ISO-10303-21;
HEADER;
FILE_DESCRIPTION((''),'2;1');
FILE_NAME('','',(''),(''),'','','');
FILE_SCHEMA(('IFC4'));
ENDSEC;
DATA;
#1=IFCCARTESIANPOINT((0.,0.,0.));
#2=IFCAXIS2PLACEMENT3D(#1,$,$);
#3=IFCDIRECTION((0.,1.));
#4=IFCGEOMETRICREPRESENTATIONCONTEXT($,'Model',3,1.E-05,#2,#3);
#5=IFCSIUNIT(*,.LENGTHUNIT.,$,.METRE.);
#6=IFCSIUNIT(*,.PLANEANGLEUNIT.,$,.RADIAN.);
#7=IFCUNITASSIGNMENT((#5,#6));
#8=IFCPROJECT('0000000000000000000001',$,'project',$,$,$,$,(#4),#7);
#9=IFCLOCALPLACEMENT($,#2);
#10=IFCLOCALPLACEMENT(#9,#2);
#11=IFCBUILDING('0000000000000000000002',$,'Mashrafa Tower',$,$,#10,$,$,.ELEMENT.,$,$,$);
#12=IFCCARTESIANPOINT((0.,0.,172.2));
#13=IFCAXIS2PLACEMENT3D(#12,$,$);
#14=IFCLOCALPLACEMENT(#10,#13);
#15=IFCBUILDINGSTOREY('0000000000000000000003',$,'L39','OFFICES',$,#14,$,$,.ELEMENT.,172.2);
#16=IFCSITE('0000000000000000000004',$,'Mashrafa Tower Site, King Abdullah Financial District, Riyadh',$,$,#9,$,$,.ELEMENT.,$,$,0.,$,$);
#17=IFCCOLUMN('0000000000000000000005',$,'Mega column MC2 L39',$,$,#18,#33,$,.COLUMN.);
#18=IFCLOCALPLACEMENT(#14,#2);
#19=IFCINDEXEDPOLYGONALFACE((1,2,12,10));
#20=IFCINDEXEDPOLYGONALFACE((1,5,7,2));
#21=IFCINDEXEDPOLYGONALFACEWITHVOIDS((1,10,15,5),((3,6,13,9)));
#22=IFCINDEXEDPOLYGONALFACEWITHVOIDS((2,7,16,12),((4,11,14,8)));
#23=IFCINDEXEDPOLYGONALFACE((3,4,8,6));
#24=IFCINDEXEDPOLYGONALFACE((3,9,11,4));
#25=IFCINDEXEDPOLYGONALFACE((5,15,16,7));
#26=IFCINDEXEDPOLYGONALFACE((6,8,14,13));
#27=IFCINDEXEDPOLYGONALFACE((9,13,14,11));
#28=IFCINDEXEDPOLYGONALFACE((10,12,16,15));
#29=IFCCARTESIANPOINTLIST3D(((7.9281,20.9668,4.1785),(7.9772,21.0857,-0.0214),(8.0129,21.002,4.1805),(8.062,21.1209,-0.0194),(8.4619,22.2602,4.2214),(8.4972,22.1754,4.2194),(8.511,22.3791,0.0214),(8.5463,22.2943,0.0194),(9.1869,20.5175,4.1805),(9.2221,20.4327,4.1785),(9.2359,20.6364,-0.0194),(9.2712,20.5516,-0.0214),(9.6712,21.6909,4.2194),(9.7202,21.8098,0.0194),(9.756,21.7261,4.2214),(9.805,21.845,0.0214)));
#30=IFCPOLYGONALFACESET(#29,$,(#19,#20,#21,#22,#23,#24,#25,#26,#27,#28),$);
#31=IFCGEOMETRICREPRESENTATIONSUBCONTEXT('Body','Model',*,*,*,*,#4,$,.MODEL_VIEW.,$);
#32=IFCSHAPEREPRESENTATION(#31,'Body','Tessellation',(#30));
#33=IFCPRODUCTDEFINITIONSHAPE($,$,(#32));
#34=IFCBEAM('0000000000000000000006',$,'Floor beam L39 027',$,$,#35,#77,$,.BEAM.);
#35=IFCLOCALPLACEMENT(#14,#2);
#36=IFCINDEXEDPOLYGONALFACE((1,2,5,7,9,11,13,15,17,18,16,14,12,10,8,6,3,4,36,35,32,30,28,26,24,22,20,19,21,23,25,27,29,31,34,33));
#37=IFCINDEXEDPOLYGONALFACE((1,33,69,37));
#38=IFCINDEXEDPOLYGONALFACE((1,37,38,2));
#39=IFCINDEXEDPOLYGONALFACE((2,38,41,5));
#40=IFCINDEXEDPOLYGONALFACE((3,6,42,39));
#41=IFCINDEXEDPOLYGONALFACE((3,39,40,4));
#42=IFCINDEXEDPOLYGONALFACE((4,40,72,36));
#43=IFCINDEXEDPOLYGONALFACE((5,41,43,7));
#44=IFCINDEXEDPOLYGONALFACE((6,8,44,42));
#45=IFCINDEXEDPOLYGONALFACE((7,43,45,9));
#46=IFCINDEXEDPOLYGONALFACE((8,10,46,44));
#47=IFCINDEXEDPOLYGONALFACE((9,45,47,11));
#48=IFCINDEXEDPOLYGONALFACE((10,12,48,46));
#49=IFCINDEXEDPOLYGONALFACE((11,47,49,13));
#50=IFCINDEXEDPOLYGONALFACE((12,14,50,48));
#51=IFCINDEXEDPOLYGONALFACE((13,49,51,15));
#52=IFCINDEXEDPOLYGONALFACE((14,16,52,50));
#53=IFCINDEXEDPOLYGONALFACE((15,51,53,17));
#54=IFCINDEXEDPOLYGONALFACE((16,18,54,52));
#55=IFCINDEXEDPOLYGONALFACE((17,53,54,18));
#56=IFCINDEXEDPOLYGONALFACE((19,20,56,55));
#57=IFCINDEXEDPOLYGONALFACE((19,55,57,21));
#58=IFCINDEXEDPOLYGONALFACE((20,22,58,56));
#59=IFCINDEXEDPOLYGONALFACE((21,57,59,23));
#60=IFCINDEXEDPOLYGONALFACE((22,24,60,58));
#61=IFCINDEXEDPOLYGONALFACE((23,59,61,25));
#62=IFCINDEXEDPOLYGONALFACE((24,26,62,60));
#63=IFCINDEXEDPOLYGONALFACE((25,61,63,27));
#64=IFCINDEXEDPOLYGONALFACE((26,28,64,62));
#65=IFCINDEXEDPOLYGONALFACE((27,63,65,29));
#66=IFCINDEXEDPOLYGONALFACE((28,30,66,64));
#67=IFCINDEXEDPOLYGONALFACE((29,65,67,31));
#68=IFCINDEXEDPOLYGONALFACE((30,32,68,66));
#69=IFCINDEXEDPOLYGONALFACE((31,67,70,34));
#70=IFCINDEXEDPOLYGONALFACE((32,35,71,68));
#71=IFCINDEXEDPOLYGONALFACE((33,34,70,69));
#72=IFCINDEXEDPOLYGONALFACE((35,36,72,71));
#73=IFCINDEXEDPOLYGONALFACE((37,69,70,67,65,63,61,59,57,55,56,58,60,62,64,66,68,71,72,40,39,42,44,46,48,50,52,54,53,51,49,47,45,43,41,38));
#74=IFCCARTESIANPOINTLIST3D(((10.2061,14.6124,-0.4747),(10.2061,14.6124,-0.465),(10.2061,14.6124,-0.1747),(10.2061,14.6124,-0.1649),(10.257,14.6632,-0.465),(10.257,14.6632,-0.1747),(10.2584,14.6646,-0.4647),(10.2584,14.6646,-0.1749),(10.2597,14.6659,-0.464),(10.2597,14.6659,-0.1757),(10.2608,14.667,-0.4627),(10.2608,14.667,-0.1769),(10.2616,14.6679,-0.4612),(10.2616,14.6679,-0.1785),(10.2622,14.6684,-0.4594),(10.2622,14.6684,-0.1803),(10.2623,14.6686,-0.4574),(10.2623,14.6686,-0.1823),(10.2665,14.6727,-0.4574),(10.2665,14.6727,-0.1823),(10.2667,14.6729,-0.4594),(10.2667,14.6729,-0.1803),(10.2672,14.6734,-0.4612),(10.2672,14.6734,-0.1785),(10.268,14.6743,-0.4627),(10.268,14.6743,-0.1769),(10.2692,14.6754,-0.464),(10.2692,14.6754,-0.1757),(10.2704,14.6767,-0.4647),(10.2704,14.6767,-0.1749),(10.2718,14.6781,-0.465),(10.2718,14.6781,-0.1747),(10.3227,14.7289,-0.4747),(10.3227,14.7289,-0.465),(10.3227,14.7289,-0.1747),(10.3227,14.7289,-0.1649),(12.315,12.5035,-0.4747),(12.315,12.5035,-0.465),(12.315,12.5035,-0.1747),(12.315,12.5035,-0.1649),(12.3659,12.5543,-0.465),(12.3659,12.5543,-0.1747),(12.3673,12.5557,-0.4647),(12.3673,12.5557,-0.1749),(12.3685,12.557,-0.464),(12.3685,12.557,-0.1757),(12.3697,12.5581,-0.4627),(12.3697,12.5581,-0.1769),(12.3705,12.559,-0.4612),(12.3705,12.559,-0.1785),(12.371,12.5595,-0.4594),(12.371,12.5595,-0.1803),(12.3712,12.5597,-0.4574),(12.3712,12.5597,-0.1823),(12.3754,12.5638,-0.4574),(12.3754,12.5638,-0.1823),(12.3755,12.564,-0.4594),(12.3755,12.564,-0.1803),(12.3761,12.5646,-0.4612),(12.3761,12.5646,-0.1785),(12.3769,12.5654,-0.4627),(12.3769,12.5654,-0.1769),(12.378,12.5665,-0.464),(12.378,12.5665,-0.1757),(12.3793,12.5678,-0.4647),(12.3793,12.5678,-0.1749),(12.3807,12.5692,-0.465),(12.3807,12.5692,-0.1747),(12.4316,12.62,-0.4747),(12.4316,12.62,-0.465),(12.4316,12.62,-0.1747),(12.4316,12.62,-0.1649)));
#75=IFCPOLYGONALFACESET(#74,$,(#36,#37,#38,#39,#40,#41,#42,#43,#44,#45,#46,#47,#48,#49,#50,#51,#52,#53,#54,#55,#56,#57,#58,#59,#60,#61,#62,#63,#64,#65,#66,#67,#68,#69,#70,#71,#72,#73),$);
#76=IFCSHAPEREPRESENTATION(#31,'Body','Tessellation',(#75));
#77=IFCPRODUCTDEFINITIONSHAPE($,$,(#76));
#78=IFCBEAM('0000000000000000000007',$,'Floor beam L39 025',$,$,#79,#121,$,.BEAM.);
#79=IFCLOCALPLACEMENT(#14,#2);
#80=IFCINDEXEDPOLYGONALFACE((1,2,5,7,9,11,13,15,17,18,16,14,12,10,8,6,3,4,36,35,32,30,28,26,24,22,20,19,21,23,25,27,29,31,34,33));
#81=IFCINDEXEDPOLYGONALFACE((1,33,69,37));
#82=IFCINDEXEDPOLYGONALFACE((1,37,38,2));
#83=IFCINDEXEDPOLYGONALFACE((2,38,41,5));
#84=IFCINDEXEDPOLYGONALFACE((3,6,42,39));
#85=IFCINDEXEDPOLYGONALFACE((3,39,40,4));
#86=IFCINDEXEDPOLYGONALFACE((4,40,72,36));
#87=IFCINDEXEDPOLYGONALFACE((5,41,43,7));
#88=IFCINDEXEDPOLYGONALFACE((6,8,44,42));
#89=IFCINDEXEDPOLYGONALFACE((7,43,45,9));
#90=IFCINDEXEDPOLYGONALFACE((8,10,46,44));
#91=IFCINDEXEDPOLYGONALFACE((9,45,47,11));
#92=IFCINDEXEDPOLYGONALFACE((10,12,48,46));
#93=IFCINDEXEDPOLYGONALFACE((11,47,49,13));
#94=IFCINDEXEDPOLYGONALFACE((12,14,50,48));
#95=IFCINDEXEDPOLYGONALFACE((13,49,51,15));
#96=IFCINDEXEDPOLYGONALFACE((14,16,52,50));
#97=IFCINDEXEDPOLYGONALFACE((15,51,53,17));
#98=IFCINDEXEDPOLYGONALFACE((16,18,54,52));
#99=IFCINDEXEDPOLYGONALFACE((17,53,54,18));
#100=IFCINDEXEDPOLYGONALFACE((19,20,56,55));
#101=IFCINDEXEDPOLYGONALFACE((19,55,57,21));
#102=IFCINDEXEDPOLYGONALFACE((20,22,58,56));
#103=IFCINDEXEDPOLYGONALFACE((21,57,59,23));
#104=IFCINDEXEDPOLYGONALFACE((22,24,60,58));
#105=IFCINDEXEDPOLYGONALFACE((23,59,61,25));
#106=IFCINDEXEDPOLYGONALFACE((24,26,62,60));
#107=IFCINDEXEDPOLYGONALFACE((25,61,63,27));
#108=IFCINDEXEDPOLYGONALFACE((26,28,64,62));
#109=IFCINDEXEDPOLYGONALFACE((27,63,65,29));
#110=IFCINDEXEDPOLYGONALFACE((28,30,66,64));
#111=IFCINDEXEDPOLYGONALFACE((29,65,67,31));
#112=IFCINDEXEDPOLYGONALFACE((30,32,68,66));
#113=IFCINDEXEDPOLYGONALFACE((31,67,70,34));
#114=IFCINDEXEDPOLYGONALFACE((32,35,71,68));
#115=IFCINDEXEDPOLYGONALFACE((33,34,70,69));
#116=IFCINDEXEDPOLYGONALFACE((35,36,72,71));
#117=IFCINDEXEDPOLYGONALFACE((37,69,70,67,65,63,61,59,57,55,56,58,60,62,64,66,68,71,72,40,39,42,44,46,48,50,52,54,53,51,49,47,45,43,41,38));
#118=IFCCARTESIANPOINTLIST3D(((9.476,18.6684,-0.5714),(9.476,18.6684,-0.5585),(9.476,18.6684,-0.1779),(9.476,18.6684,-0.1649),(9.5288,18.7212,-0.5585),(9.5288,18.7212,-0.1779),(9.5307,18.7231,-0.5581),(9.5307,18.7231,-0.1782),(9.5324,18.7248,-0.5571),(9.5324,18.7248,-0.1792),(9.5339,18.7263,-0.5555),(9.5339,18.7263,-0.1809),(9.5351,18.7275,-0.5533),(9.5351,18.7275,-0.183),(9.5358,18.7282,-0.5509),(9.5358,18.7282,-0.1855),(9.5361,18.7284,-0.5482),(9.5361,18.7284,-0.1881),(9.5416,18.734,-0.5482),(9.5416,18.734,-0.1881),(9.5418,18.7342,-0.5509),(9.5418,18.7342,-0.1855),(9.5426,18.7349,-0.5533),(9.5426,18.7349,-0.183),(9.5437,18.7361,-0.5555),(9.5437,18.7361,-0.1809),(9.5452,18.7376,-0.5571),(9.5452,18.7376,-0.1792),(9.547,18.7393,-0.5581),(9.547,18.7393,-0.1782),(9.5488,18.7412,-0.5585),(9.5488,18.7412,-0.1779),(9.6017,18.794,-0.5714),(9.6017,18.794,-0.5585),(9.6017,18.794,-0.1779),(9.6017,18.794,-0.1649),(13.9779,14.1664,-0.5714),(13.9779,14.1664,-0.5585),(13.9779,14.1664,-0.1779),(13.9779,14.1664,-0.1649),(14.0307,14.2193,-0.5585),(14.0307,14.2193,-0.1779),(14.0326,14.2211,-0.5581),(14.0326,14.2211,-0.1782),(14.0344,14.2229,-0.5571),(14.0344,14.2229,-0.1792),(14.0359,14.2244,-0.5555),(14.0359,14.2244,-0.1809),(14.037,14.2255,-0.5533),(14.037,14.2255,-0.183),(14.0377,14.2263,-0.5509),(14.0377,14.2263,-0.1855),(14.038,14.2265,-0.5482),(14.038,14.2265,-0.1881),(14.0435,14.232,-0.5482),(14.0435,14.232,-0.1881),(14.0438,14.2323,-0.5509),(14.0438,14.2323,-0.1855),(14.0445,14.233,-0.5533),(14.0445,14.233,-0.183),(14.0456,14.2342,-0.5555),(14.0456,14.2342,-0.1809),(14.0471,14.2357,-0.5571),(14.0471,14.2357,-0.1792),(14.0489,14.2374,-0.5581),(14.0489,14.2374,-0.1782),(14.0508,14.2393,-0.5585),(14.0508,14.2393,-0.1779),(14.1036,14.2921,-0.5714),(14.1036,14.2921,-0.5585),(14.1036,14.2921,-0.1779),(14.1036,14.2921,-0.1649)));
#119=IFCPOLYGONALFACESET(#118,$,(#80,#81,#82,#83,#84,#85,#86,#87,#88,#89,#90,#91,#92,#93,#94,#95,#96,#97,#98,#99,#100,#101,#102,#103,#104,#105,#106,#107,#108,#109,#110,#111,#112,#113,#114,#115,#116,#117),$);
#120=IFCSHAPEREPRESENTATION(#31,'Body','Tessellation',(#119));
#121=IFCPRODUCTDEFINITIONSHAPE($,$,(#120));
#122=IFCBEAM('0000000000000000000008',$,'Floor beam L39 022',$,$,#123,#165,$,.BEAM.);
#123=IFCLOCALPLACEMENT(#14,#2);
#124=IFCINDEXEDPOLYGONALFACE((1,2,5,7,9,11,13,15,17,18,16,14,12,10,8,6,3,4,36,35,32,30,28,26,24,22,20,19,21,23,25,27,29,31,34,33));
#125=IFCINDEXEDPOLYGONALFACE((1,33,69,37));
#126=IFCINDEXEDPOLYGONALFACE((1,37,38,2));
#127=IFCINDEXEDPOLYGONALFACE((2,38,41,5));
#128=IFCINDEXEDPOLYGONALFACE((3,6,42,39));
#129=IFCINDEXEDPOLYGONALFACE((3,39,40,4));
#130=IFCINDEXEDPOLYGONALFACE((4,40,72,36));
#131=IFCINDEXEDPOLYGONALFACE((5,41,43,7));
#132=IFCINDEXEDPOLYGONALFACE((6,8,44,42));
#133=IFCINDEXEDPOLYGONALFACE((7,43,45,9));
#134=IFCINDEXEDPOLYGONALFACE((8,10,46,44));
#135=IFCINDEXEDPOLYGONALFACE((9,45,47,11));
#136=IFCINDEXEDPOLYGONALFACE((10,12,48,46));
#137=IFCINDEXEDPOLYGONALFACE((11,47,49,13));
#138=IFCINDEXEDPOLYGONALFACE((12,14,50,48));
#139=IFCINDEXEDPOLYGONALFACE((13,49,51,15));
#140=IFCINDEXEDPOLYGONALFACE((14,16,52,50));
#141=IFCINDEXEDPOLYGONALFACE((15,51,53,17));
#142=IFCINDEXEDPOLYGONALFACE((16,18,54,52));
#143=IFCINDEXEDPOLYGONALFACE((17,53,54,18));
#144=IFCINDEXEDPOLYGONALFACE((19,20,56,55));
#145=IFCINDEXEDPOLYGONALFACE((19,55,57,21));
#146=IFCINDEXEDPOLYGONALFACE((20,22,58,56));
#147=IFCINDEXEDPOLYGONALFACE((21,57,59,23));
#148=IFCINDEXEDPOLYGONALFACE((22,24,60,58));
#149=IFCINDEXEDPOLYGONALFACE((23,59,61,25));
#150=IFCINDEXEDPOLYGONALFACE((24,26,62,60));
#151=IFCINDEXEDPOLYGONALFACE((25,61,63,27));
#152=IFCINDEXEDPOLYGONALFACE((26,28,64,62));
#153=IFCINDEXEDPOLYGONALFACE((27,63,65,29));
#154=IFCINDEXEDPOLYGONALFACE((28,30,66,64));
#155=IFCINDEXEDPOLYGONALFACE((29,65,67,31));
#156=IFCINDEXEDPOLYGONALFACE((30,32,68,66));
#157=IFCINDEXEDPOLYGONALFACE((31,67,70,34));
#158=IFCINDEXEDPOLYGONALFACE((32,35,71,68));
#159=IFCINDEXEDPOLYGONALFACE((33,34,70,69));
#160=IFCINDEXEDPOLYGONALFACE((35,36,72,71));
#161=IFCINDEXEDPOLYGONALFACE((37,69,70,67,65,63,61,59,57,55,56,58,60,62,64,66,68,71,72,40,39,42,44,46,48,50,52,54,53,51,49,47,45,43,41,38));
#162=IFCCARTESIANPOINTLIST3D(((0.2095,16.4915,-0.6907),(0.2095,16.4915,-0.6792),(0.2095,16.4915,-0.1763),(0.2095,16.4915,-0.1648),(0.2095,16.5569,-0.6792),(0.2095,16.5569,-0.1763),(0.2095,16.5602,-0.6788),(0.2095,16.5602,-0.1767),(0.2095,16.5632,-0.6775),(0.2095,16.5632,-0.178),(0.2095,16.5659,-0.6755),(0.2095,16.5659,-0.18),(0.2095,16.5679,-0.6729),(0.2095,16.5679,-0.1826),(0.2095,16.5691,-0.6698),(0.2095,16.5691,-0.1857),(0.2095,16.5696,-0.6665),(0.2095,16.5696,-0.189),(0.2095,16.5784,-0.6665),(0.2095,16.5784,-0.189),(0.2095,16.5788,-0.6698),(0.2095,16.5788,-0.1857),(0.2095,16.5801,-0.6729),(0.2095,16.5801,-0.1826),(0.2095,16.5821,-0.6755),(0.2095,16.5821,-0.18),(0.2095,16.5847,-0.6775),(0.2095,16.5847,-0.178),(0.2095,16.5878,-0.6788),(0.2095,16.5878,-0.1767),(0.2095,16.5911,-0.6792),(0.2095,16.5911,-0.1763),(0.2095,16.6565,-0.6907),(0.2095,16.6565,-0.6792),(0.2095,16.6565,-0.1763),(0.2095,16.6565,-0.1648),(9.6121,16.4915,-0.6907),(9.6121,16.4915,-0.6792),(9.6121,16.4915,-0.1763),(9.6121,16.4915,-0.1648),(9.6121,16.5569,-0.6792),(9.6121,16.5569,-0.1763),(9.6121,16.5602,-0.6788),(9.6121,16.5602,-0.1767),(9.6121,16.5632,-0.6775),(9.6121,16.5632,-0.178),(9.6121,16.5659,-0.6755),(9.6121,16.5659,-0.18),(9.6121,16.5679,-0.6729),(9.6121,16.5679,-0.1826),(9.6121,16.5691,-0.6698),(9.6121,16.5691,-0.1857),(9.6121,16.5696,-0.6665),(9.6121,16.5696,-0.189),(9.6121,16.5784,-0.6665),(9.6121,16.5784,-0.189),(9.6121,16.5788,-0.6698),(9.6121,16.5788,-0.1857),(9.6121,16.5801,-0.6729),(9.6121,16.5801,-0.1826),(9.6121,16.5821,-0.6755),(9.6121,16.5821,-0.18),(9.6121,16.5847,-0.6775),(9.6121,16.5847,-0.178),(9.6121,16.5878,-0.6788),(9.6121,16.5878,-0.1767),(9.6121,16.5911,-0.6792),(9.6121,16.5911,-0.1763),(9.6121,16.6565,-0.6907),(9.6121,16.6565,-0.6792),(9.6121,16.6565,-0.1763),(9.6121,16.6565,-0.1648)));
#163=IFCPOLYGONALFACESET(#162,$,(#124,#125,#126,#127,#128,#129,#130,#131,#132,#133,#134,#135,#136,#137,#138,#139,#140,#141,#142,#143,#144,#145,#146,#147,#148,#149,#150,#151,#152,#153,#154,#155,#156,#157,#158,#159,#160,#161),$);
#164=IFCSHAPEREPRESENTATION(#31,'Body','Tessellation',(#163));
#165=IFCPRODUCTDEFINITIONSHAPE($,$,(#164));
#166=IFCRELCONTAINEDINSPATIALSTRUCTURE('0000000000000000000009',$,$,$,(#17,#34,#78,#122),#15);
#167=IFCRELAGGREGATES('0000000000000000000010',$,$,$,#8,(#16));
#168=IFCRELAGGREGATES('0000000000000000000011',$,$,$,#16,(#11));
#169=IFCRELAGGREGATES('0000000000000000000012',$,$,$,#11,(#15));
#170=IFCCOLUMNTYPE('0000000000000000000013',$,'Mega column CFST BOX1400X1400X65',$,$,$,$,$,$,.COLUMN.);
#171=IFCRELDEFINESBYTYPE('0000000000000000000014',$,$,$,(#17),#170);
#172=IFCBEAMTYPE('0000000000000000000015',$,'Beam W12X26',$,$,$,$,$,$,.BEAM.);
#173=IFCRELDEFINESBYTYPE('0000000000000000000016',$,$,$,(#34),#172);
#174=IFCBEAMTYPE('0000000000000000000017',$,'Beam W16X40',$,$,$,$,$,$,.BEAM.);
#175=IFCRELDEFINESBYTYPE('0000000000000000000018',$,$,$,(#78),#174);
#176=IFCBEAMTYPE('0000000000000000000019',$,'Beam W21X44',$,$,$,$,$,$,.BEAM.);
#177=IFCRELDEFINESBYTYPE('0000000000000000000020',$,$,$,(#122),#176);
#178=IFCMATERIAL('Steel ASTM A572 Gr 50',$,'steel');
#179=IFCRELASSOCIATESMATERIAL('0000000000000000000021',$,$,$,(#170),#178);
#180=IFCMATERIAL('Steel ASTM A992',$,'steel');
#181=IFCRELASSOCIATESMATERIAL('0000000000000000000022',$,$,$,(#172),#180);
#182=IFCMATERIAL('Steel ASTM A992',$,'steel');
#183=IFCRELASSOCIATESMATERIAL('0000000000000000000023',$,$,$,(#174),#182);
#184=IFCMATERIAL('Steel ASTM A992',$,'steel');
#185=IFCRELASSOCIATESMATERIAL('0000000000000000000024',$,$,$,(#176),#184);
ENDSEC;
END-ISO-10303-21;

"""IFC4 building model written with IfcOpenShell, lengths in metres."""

from ifc_helpers import new_model, si_unit, direction, frame, origin, origin_2d, place, context, subcontext, project, spatial, hollow_rectangle, i_section, extrude, material, material_profile, profile_set, type_object, element, save


model = new_model("IFC4")

# Units and contexts
model_context = context("Model", 3, precision=1e-05, world=origin(), true_north=direction((0.0, 1.0)))
body_context = subcontext(model_context, "Body", "Model", "MODEL_VIEW")
ifc_project = project(units=[si_unit("LENGTHUNIT", "METRE"), si_unit("PLANEANGLEUNIT", "RADIAN")], contexts=[model_context])

# Site, building, storey
site_placement = place(None, origin())
site = spatial("IfcSite", under=ifc_project, at=site_placement, Name="Mashrafa Tower Site, King Abdullah Financial District, Riyadh", CompositionType="ELEMENT", RefElevation=0.0)
building_placement = place(site_placement, origin())
building = spatial("IfcBuilding", under=site, at=building_placement, Name="Mashrafa Tower", CompositionType="ELEMENT")
storey_placement = place(building_placement, frame((0.0, 0.0, 172.2)))
storey = spatial("IfcBuildingStorey", under=building, at=storey_placement, Name="L39", Description="OFFICES", CompositionType="ELEMENT", Elevation=172.2)

# Column
ifc_material_1 = material(Name="Steel ASTM A572 Gr 50", Category="steel")
ifc_material_profile_1 = material_profile(ifc_material_1, hollow_rectangle(XDim=1.3999, YDim=1.3999, WallThickness=0.0649, at=origin_2d()), Name="BOX1400X1400X65")
ifc_profile_set_1 = profile_set([ifc_material_profile_1], Name="Steel ASTM A572 Gr 50")
column_type = type_object("IfcColumnType", Name="Mega column CFST BOX1400X1400X65", PredefinedType="COLUMN", material=ifc_profile_set_1)
column_placement = place(storey_placement, frame((8.8911, 21.4653, 0.0), z_axis=(-0.011679, -0.028296, 0.999531), x_axis=(0.924363, -0.381513, 0.0)))
element("IfcColumn", 1, at=column_placement, inside=storey, type_object=column_type, Name="Mega column MC2 L39", PredefinedType="COLUMN", context=body_context, shape_type="SweptSolid", body=[
    extrude(hollow_rectangle(XDim=1.3999, YDim=1.3999, WallThickness=0.0649, at=origin_2d()), origin(), (0.0, 0.0, 1.0), 4.2019),
])

# Beams
ifc_material_2 = material(Name="Steel ASTM A992", Category="steel")
ifc_material_profile_2 = material_profile(ifc_material_2, i_section(OverallWidth=0.1648, OverallDepth=0.3098, WebThickness=0.0059, FlangeThickness=0.0098, FilletRadius=0.0076, at=origin_2d()), Name="W12X26")
ifc_profile_set_2 = profile_set([ifc_material_profile_2], Name="Steel ASTM A992")
beam_type_1 = type_object("IfcBeamType", Name="Beam W12X26", PredefinedType="BEAM", material=ifc_profile_set_2)
beam_1_placement = place(storey_placement, frame((10.2644, 14.6707, -0.3198), z_axis=(0.707107, -0.707107, 0.0), x_axis=(0.707107, 0.707107, 0.0)))
element("IfcBeam", 2, at=beam_1_placement, inside=storey, type_object=beam_type_1, Name="Floor beam L39 027", PredefinedType="BEAM", context=body_context, shape_type="SweptSolid", body=[
    extrude(i_section(OverallWidth=0.1648, OverallDepth=0.3098, WebThickness=0.0059, FlangeThickness=0.0098, FilletRadius=0.0076, at=origin_2d()), origin(), (0.0, 0.0, 1.0), 2.9824),
])
ifc_material_3 = material(Name="Steel ASTM A992", Category="steel")
ifc_material_profile_3 = material_profile(ifc_material_3, i_section(OverallWidth=0.1777, OverallDepth=0.4065, WebThickness=0.0078, FlangeThickness=0.0129, FilletRadius=0.0103, at=origin_2d()), Name="W16X40")
ifc_profile_set_3 = profile_set([ifc_material_profile_3], Name="Steel ASTM A992")
beam_type_2 = type_object("IfcBeamType", Name="Beam W16X40", PredefinedType="BEAM", material=ifc_profile_set_3)
beam_2_placement = place(storey_placement, frame((9.5388, 18.7312, -0.3682), z_axis=(0.707107, -0.707107, 0.0), x_axis=(0.707107, 0.707107, 0.0)))
element("IfcBeam", 3, at=beam_2_placement, inside=storey, type_object=beam_type_2, Name="Floor beam L39 025", PredefinedType="BEAM", context=body_context, shape_type="SweptSolid", body=[
    extrude(i_section(OverallWidth=0.1777, OverallDepth=0.4065, WebThickness=0.0078, FlangeThickness=0.0129, FilletRadius=0.0103, at=origin_2d()), origin(), (0.0, 0.0, 1.0), 6.3667),
])
ifc_material_4 = material(Name="Steel ASTM A992", Category="steel")
ifc_material_profile_4 = material_profile(ifc_material_4, i_section(OverallWidth=0.165, OverallDepth=0.5259, WebThickness=0.0088, FlangeThickness=0.0115, FilletRadius=0.0127, at=origin_2d()), Name="W21X44")
ifc_profile_set_4 = profile_set([ifc_material_profile_4], Name="Steel ASTM A992")
beam_type_3 = type_object("IfcBeamType", Name="Beam W21X44", PredefinedType="BEAM", material=ifc_profile_set_4)
beam_3_placement = place(storey_placement, frame((0.2095, 16.574, -0.4277), z_axis=(1.0, 0.0, 0.0), x_axis=(0.0, 1.0, 0.0)))
element("IfcBeam", 4, at=beam_3_placement, inside=storey, type_object=beam_type_3, Name="Floor beam L39 022", PredefinedType="BEAM", context=body_context, shape_type="SweptSolid", body=[
    extrude(i_section(OverallWidth=0.165, OverallDepth=0.5259, WebThickness=0.0088, FlangeThickness=0.0115, FilletRadius=0.0127, at=origin_2d()), origin(), (0.0, 0.0, 1.0), 9.4026),
])

save(model, "model.ifc")
